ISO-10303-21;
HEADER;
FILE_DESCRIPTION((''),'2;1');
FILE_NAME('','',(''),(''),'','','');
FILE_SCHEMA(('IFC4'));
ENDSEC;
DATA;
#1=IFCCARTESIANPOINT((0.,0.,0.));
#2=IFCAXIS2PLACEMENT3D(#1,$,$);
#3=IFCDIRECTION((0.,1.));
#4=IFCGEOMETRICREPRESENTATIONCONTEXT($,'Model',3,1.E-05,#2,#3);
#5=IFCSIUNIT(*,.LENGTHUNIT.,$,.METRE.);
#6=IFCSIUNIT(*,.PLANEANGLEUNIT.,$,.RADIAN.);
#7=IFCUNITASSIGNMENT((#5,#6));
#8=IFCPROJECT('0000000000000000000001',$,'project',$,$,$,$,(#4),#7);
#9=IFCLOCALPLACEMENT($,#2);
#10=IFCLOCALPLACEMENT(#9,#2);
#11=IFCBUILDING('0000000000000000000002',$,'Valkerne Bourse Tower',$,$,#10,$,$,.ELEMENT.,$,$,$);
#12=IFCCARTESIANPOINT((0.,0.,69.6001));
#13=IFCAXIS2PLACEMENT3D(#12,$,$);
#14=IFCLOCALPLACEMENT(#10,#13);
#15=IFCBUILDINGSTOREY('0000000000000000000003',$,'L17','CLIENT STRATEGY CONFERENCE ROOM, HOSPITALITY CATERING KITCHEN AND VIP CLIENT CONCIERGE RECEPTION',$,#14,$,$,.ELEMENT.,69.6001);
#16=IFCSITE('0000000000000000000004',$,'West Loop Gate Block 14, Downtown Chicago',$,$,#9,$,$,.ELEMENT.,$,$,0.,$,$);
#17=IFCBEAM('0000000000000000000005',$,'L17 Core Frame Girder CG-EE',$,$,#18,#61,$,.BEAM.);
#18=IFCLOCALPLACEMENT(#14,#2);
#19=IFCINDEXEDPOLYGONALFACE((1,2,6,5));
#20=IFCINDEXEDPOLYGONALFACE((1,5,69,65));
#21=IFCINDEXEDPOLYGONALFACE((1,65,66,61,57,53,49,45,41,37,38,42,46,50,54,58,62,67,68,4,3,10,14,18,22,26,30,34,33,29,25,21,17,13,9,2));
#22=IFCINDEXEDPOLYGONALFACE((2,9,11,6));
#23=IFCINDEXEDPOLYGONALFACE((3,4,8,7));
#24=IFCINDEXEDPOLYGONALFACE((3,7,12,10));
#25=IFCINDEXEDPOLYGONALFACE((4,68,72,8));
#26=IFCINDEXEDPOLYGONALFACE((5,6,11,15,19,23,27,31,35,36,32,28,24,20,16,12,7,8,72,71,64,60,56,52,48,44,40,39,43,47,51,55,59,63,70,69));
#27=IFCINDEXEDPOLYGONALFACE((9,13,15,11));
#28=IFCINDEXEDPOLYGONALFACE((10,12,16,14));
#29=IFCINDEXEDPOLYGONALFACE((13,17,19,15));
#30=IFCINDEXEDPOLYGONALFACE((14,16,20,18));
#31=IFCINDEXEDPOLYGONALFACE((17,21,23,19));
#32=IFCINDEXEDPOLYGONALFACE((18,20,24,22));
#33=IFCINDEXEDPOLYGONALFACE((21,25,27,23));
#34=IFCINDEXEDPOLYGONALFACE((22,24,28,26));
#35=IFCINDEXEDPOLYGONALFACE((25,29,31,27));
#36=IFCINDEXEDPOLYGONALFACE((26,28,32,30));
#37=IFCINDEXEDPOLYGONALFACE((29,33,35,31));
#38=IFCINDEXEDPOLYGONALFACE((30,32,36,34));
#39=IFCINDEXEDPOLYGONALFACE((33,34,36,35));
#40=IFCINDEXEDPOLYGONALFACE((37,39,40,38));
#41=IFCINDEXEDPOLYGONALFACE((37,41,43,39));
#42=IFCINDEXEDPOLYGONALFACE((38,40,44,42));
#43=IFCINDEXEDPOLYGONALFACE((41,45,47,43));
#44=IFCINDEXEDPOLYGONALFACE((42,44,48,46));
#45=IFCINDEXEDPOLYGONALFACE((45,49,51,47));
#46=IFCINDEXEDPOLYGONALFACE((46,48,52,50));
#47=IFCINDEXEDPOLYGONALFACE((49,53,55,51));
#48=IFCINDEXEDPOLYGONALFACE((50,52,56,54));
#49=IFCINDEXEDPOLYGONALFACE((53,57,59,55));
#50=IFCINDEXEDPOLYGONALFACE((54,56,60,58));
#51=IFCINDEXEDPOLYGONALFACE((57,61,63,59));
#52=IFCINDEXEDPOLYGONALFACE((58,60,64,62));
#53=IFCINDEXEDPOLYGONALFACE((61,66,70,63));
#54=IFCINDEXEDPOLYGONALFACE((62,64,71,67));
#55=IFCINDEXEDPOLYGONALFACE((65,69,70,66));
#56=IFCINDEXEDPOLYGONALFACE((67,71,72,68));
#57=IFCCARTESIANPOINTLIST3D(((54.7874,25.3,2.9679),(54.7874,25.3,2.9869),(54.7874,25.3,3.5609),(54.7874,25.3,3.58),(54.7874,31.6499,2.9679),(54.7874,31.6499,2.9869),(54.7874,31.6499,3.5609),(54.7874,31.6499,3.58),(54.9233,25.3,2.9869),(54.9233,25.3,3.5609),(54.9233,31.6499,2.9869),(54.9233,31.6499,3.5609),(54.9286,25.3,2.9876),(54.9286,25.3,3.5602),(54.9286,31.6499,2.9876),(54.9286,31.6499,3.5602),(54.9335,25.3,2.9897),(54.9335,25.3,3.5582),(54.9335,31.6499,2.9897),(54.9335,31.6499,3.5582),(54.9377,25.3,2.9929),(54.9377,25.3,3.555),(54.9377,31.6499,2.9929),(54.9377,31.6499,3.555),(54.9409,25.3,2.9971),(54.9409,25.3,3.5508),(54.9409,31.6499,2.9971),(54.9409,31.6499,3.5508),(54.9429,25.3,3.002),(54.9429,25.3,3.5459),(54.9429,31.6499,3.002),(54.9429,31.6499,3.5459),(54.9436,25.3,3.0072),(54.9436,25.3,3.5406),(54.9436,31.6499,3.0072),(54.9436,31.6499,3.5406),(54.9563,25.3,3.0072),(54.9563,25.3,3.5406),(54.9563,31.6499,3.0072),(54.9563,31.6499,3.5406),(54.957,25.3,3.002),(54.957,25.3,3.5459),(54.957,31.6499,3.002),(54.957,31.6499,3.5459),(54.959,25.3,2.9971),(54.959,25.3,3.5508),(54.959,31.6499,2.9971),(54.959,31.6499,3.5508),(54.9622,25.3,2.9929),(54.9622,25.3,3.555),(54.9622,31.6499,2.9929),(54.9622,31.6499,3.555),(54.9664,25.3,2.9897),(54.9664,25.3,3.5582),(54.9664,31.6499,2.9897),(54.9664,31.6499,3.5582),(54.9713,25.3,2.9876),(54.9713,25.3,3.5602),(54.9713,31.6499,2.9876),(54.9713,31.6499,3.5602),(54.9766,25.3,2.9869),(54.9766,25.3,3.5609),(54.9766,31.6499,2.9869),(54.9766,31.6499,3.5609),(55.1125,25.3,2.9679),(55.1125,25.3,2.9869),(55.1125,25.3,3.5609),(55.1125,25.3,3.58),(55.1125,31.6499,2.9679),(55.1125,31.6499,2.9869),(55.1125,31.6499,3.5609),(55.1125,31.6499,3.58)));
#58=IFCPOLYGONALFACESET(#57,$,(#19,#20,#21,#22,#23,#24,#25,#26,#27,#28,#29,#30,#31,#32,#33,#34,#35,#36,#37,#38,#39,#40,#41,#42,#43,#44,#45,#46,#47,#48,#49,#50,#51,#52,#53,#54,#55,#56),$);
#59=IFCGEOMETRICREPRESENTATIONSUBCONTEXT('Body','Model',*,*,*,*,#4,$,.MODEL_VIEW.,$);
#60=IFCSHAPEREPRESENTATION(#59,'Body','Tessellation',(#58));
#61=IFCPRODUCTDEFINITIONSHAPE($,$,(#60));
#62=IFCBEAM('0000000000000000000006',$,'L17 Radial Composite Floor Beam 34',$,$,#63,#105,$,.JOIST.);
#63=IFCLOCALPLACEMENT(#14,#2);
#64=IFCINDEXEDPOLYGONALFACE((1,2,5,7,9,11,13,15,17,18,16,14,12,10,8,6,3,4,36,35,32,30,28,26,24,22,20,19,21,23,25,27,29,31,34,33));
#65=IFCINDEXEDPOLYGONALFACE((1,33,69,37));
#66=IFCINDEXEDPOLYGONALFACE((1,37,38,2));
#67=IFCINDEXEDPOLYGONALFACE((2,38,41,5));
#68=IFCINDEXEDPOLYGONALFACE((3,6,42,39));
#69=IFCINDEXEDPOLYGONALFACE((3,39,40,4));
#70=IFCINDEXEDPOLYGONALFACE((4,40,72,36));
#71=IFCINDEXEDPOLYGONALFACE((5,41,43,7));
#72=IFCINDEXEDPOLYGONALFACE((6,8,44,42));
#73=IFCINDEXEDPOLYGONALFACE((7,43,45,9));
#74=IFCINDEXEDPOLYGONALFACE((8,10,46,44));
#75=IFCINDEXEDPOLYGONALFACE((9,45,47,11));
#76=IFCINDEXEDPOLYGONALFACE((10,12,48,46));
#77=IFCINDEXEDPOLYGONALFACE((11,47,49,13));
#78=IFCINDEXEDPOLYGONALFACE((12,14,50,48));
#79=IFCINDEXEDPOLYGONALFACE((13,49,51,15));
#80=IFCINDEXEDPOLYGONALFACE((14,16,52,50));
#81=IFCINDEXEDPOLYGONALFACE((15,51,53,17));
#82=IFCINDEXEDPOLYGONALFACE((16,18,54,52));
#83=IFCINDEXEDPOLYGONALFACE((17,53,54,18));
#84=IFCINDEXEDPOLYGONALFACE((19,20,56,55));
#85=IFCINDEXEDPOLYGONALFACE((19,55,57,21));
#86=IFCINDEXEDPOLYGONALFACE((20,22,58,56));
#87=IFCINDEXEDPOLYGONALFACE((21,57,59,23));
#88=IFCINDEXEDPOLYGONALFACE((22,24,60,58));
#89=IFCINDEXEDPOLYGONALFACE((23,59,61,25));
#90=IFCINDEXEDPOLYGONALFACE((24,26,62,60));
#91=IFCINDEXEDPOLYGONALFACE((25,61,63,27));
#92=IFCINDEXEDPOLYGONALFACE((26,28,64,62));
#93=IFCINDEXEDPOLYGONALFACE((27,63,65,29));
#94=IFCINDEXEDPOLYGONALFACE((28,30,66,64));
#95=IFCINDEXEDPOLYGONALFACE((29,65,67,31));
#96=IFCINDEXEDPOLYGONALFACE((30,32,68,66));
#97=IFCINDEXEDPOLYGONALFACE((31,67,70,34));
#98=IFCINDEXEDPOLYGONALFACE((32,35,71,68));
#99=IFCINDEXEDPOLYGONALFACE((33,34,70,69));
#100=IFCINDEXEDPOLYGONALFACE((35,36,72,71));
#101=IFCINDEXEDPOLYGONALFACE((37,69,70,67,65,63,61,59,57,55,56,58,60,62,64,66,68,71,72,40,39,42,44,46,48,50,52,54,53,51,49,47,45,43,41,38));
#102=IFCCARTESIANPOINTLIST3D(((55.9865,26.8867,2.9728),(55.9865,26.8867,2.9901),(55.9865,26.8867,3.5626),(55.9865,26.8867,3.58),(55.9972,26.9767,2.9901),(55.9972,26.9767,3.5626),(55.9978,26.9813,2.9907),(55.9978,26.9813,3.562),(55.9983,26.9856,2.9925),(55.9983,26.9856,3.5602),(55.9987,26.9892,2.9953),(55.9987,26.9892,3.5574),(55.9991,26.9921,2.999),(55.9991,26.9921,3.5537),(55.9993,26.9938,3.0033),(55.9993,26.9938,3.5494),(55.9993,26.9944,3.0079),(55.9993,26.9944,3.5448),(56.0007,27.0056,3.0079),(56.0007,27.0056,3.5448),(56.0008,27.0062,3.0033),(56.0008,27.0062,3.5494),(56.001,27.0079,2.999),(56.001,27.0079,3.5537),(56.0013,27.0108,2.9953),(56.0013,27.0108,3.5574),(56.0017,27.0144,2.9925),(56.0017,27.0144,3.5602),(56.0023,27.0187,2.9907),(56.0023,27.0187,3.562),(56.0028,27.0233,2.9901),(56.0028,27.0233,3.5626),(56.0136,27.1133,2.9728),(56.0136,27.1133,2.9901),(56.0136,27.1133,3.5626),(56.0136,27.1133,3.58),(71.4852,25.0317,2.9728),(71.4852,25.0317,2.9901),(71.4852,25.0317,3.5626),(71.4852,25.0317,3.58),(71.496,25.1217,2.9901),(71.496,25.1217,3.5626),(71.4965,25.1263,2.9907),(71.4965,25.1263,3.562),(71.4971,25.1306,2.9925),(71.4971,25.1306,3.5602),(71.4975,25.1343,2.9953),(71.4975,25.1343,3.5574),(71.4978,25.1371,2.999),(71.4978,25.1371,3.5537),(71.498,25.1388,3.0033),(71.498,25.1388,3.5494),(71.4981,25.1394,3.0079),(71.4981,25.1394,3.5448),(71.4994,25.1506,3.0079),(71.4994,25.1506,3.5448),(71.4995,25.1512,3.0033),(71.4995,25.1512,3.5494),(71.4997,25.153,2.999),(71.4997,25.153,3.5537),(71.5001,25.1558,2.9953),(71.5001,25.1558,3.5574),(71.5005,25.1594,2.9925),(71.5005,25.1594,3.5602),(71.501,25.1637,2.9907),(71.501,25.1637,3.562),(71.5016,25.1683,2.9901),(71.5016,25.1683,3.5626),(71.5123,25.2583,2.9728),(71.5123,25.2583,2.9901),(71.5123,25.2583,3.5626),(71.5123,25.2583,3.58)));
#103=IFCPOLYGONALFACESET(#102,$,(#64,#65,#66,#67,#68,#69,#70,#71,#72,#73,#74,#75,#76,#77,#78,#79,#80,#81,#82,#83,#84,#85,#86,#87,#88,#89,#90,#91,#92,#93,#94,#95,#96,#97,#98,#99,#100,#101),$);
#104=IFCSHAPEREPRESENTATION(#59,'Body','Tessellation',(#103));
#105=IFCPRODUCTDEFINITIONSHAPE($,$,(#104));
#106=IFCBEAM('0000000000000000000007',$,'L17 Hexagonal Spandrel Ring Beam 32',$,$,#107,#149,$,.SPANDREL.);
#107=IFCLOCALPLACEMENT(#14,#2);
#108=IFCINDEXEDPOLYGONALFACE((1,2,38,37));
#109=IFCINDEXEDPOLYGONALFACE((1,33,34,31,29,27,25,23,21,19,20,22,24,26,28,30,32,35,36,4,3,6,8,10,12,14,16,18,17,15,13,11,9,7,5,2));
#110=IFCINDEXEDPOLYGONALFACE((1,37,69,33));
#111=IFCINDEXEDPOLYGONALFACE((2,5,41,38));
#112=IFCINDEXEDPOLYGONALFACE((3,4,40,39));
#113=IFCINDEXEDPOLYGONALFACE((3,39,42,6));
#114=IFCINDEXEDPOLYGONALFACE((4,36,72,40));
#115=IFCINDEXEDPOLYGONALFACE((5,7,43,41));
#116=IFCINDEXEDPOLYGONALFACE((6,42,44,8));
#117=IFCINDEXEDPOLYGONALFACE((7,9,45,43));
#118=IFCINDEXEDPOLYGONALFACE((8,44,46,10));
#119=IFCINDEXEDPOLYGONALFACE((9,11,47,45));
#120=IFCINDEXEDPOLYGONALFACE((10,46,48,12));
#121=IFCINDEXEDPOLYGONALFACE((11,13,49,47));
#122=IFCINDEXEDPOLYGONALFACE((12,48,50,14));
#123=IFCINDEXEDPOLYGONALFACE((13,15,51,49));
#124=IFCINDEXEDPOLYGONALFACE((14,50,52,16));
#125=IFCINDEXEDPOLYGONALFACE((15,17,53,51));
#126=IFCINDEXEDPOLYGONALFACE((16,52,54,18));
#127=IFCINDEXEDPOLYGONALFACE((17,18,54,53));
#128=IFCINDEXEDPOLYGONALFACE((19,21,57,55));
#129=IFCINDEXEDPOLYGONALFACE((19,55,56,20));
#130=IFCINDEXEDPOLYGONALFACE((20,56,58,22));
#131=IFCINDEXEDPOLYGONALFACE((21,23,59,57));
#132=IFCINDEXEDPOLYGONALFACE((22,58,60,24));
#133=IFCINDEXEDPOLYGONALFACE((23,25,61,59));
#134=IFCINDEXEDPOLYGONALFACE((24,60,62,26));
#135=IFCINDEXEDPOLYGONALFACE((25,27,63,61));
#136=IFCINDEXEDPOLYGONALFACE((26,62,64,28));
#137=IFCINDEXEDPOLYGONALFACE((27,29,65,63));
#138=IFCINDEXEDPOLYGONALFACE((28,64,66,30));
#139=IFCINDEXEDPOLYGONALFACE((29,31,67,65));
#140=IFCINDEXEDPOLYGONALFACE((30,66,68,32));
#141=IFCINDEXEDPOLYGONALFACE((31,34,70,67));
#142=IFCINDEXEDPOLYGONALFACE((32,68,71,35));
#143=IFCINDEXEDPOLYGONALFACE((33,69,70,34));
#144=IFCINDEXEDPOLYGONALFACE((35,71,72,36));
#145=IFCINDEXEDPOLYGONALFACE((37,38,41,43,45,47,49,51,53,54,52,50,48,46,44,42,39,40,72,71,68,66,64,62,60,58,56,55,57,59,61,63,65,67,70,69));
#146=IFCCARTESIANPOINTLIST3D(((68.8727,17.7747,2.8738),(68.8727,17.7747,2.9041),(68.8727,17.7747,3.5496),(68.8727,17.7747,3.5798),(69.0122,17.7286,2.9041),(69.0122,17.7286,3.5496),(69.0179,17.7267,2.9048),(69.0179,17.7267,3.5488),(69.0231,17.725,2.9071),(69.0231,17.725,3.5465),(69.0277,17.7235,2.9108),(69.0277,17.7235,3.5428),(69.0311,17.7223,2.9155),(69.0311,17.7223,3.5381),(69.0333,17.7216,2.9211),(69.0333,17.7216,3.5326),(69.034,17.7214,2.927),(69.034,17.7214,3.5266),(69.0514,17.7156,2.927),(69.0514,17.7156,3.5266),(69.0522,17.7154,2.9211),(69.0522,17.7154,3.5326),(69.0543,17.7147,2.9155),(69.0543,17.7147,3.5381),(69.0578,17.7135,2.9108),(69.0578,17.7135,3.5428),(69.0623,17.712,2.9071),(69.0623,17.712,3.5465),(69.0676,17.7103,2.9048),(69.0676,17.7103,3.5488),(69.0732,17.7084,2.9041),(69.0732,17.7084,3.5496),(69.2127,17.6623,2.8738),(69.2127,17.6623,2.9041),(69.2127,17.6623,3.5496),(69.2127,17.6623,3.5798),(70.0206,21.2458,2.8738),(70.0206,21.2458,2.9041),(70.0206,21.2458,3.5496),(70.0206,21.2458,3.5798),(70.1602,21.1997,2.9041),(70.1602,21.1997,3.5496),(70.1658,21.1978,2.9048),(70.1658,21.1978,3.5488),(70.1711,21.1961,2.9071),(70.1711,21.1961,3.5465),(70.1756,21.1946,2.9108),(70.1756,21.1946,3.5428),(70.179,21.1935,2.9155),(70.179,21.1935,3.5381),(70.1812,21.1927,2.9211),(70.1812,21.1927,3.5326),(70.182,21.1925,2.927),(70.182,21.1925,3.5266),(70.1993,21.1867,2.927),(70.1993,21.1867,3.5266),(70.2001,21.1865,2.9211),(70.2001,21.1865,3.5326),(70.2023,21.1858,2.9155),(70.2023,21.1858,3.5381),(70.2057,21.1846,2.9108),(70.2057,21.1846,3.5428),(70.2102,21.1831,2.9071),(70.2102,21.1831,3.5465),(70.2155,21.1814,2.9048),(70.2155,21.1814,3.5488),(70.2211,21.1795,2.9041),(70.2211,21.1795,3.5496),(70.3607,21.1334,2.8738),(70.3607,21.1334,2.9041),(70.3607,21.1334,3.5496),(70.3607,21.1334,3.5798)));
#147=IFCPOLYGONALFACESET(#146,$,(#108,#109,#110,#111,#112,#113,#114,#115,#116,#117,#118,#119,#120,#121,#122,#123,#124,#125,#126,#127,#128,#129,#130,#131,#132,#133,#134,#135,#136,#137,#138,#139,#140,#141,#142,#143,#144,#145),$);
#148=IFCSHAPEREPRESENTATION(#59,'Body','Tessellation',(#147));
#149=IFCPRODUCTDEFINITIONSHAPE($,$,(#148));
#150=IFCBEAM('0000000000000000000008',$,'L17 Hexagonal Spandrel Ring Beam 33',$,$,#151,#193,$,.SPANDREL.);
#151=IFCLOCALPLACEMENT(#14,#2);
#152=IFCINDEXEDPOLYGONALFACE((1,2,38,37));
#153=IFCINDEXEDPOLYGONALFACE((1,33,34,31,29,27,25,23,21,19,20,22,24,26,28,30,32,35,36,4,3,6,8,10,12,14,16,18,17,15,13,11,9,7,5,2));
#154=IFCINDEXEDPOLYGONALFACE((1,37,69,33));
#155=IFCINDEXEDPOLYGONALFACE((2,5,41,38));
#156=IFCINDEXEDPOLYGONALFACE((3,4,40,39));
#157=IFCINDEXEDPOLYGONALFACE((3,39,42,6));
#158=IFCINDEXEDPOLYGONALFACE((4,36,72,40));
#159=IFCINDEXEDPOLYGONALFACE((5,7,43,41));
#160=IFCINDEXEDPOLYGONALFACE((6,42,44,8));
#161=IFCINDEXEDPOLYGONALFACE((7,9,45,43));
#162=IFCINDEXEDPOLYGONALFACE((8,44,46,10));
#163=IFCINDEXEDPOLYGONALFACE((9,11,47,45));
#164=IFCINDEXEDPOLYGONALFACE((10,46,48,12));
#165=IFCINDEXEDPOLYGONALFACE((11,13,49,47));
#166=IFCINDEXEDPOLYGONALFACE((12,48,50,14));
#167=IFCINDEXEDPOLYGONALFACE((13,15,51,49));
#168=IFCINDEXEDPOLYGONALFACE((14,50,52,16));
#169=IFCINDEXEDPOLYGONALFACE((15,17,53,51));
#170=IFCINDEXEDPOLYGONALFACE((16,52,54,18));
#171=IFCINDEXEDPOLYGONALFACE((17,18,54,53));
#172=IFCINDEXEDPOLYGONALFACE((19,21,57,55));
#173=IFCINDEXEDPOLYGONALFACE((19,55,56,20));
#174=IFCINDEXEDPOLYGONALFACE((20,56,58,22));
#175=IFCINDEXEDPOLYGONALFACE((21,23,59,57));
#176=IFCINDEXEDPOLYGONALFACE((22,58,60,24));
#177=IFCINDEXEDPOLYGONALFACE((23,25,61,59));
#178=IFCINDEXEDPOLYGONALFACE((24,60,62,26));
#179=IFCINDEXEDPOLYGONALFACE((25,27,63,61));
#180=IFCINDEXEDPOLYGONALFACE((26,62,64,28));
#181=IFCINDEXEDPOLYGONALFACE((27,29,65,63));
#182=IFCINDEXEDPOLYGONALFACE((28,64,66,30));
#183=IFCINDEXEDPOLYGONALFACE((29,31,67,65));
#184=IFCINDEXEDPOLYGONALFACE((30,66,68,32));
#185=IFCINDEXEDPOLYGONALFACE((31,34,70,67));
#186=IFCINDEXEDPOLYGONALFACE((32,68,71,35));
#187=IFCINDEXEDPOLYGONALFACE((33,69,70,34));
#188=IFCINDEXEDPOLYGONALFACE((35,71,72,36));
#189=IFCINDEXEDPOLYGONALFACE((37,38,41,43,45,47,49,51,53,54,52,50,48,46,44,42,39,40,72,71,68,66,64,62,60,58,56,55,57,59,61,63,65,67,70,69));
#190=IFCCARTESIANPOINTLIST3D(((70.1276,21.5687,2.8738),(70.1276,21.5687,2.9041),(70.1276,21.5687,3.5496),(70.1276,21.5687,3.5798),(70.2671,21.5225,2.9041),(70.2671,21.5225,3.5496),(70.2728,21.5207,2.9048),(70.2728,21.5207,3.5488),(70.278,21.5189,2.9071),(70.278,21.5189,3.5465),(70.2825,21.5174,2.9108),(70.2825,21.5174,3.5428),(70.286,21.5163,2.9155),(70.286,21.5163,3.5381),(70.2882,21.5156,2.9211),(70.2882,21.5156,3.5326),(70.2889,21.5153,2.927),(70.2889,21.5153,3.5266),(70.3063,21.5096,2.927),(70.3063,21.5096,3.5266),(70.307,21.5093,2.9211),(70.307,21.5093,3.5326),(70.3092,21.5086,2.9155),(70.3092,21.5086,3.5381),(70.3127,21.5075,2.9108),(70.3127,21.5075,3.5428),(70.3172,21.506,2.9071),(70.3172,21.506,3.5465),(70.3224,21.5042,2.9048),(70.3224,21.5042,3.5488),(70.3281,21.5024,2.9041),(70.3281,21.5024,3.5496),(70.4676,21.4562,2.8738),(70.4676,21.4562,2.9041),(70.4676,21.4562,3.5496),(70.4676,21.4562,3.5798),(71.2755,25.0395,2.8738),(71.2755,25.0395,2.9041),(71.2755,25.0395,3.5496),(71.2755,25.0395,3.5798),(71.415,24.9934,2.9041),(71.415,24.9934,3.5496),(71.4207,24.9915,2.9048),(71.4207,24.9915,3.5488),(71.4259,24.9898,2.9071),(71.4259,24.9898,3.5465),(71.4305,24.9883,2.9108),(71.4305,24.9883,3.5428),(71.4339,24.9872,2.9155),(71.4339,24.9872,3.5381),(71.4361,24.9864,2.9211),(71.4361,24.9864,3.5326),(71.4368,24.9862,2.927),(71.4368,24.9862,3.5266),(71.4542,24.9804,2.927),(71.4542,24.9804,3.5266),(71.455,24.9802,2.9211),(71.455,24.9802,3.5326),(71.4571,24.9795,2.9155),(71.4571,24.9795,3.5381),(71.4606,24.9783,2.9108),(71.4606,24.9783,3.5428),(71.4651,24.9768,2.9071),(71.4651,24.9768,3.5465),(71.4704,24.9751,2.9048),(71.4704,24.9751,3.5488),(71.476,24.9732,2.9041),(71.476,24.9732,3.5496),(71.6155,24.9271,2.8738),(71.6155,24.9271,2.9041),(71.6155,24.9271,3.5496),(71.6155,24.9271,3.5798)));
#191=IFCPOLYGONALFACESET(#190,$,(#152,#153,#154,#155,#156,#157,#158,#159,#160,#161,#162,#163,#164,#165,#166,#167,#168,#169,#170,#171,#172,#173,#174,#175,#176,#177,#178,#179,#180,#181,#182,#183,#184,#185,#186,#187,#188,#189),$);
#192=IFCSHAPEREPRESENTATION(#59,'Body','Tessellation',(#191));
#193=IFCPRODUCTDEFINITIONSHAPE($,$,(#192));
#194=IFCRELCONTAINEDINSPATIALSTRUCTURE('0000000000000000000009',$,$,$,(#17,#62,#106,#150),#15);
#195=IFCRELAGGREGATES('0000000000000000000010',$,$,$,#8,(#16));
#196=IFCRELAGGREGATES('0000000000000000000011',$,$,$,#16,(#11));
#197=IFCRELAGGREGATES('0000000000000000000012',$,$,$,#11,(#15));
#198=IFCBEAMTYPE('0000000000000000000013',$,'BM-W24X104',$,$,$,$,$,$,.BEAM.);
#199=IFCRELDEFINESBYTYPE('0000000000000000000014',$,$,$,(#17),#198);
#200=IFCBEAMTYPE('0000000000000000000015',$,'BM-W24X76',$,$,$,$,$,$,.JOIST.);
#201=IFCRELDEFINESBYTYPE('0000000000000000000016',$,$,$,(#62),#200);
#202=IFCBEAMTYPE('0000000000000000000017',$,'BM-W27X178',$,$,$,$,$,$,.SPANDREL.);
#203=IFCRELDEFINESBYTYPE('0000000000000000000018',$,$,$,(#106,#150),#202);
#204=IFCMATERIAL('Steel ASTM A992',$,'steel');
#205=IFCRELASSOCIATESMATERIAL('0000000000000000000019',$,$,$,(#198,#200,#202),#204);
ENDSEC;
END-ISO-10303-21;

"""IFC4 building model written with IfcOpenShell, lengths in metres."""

from ifc_helpers import new_model, si_unit, direction, frame, origin, origin_2d, place, context, subcontext, project, spatial, i_section, extrude, material, material_profile, profile_set, type_object, element, save


model = new_model("IFC4")

# Units and contexts
model_context = context("Model", 3, precision=1e-05, world=origin(), true_north=direction((0.0, 1.0)))
body_context = subcontext(model_context, "Body", "Model", "MODEL_VIEW")
ifc_project = project(units=[si_unit("LENGTHUNIT", "METRE"), si_unit("PLANEANGLEUNIT", "RADIAN")], contexts=[model_context])

# Site, building, storey
site_placement = place(None, origin())
site = spatial("IfcSite", under=ifc_project, at=site_placement, Name="West Loop Gate Block 14, Downtown Chicago", CompositionType="ELEMENT", RefElevation=0.0)
building_placement = place(site_placement, origin())
building = spatial("IfcBuilding", under=site, at=building_placement, Name="Valkerne Bourse Tower", CompositionType="ELEMENT")
storey_placement = place(building_placement, frame((0.0, 0.0, 69.6001)))
storey = spatial("IfcBuildingStorey", under=building, at=storey_placement, Name="L17", Description="CLIENT STRATEGY CONFERENCE ROOM, HOSPITALITY CATERING KITCHEN AND VIP CLIENT CONCIERGE RECEPTION", CompositionType="ELEMENT", Elevation=69.6001)

# Beams
ifc_material_1 = material(Name="Steel ASTM A992", Category="steel")
ifc_material_profile_1 = material_profile(ifc_material_1, i_section(OverallWidth=0.3252, OverallDepth=0.6121, WebThickness=0.0127, FlangeThickness=0.019, FilletRadius=0.0203, at=origin_2d()), Name="W24X104")
ifc_profile_set_1 = profile_set([ifc_material_profile_1], Name="Steel ASTM A992")
beam_type_1 = type_object("IfcBeamType", Name="BM-W24X104", PredefinedType="BEAM", material=ifc_profile_set_1)
beam_1_placement = place(storey_placement, frame((54.95, 25.3, 3.2739), z_axis=(0.0, 1.0, 0.0), x_axis=(-1.0, 0.0, 0.0)))
element("IfcBeam", 1, at=beam_1_placement, inside=storey, type_object=beam_type_1, Name="L17 Core Frame Girder CG-EE", PredefinedType="BEAM", context=body_context, shape_type="SweptSolid", body=[
    extrude(i_section(OverallWidth=0.3252, OverallDepth=0.6121, WebThickness=0.0127, FlangeThickness=0.019, FilletRadius=0.0203, at=origin_2d()), origin(), (0.0, 0.0, 1.0), 6.3499),
])
ifc_material_profile_2 = material_profile(ifc_material_1, i_section(OverallWidth=0.2283, OverallDepth=0.6072, WebThickness=0.0112, FlangeThickness=0.0173, FilletRadius=0.0178, at=origin_2d()), Name="W24X76")
ifc_profile_set_2 = profile_set([ifc_material_profile_2], Name="Steel ASTM A992")
beam_type_2 = type_object("IfcBeamType", Name="BM-W24X76", PredefinedType="JOIST", material=ifc_profile_set_2)
beam_2_placement = place(storey_placement, frame((71.4988, 25.145, 3.2764), z_axis=(-0.992914, 0.118837, 0.0), x_axis=(-0.118837, -0.992914, 0.0)))
element("IfcBeam", 2, at=beam_2_placement, inside=storey, type_object=beam_type_2, Name="L17 Radial Composite Floor Beam 34", PredefinedType="JOIST", context=body_context, shape_type="SweptSolid", body=[
    extrude(i_section(OverallWidth=0.2283, OverallDepth=0.6072, WebThickness=0.0112, FlangeThickness=0.0173, FilletRadius=0.0178, at=origin_2d()), origin(), (0.0, 0.0, 1.0), 15.6094),
])
ifc_material_profile_3 = material_profile(ifc_material_1, i_section(OverallWidth=0.3582, OverallDepth=0.7061, WebThickness=0.0183, FlangeThickness=0.0303, FilletRadius=0.0229, at=origin_2d()), Name="W27X178")
ifc_profile_set_3 = profile_set([ifc_material_profile_3], Name="Steel ASTM A992")
beam_type_3 = type_object("IfcBeamType", Name="BM-W27X178", PredefinedType="SPANDREL", material=ifc_profile_set_3)
beam_3_placement = place(storey_placement, frame((69.0427, 17.7185, 3.2268), z_axis=(0.313983, 0.949429, 0.0), x_axis=(-0.949429, 0.313983, 0.0)))
element("IfcBeam", 3, at=beam_3_placement, inside=storey, type_object=beam_type_3, Name="L17 Hexagonal Spandrel Ring Beam 32", PredefinedType="SPANDREL", context=body_context, shape_type="SweptSolid", body=[
    extrude(i_section(OverallWidth=0.3582, OverallDepth=0.7061, WebThickness=0.0183, FlangeThickness=0.0303, FilletRadius=0.0229, at=origin_2d()), origin(), (0.0, 0.0, 1.0), 3.656),
])
for number, where, z_axis, x_axis, name in (
    (4, (70.2976, 21.5125, 3.2268), (0.314003, 0.949422, 0.0), (-0.949422, 0.314003, 0.0), "L17 Hexagonal Spandrel Ring Beam 33"),
):
    element("IfcBeam", number, at=place(storey_placement, frame(where, z_axis=z_axis, x_axis=x_axis)), inside=storey, type_object=beam_type_3, Name=name, PredefinedType="SPANDREL", context=body_context, shape_type="SweptSolid", body=[
        extrude(i_section(OverallWidth=0.3582, OverallDepth=0.7061, WebThickness=0.0183, FlangeThickness=0.0303, FilletRadius=0.0229, at=origin_2d()), origin(), (0.0, 0.0, 1.0), 3.6558),
    ])

save(model, "model.ifc")
